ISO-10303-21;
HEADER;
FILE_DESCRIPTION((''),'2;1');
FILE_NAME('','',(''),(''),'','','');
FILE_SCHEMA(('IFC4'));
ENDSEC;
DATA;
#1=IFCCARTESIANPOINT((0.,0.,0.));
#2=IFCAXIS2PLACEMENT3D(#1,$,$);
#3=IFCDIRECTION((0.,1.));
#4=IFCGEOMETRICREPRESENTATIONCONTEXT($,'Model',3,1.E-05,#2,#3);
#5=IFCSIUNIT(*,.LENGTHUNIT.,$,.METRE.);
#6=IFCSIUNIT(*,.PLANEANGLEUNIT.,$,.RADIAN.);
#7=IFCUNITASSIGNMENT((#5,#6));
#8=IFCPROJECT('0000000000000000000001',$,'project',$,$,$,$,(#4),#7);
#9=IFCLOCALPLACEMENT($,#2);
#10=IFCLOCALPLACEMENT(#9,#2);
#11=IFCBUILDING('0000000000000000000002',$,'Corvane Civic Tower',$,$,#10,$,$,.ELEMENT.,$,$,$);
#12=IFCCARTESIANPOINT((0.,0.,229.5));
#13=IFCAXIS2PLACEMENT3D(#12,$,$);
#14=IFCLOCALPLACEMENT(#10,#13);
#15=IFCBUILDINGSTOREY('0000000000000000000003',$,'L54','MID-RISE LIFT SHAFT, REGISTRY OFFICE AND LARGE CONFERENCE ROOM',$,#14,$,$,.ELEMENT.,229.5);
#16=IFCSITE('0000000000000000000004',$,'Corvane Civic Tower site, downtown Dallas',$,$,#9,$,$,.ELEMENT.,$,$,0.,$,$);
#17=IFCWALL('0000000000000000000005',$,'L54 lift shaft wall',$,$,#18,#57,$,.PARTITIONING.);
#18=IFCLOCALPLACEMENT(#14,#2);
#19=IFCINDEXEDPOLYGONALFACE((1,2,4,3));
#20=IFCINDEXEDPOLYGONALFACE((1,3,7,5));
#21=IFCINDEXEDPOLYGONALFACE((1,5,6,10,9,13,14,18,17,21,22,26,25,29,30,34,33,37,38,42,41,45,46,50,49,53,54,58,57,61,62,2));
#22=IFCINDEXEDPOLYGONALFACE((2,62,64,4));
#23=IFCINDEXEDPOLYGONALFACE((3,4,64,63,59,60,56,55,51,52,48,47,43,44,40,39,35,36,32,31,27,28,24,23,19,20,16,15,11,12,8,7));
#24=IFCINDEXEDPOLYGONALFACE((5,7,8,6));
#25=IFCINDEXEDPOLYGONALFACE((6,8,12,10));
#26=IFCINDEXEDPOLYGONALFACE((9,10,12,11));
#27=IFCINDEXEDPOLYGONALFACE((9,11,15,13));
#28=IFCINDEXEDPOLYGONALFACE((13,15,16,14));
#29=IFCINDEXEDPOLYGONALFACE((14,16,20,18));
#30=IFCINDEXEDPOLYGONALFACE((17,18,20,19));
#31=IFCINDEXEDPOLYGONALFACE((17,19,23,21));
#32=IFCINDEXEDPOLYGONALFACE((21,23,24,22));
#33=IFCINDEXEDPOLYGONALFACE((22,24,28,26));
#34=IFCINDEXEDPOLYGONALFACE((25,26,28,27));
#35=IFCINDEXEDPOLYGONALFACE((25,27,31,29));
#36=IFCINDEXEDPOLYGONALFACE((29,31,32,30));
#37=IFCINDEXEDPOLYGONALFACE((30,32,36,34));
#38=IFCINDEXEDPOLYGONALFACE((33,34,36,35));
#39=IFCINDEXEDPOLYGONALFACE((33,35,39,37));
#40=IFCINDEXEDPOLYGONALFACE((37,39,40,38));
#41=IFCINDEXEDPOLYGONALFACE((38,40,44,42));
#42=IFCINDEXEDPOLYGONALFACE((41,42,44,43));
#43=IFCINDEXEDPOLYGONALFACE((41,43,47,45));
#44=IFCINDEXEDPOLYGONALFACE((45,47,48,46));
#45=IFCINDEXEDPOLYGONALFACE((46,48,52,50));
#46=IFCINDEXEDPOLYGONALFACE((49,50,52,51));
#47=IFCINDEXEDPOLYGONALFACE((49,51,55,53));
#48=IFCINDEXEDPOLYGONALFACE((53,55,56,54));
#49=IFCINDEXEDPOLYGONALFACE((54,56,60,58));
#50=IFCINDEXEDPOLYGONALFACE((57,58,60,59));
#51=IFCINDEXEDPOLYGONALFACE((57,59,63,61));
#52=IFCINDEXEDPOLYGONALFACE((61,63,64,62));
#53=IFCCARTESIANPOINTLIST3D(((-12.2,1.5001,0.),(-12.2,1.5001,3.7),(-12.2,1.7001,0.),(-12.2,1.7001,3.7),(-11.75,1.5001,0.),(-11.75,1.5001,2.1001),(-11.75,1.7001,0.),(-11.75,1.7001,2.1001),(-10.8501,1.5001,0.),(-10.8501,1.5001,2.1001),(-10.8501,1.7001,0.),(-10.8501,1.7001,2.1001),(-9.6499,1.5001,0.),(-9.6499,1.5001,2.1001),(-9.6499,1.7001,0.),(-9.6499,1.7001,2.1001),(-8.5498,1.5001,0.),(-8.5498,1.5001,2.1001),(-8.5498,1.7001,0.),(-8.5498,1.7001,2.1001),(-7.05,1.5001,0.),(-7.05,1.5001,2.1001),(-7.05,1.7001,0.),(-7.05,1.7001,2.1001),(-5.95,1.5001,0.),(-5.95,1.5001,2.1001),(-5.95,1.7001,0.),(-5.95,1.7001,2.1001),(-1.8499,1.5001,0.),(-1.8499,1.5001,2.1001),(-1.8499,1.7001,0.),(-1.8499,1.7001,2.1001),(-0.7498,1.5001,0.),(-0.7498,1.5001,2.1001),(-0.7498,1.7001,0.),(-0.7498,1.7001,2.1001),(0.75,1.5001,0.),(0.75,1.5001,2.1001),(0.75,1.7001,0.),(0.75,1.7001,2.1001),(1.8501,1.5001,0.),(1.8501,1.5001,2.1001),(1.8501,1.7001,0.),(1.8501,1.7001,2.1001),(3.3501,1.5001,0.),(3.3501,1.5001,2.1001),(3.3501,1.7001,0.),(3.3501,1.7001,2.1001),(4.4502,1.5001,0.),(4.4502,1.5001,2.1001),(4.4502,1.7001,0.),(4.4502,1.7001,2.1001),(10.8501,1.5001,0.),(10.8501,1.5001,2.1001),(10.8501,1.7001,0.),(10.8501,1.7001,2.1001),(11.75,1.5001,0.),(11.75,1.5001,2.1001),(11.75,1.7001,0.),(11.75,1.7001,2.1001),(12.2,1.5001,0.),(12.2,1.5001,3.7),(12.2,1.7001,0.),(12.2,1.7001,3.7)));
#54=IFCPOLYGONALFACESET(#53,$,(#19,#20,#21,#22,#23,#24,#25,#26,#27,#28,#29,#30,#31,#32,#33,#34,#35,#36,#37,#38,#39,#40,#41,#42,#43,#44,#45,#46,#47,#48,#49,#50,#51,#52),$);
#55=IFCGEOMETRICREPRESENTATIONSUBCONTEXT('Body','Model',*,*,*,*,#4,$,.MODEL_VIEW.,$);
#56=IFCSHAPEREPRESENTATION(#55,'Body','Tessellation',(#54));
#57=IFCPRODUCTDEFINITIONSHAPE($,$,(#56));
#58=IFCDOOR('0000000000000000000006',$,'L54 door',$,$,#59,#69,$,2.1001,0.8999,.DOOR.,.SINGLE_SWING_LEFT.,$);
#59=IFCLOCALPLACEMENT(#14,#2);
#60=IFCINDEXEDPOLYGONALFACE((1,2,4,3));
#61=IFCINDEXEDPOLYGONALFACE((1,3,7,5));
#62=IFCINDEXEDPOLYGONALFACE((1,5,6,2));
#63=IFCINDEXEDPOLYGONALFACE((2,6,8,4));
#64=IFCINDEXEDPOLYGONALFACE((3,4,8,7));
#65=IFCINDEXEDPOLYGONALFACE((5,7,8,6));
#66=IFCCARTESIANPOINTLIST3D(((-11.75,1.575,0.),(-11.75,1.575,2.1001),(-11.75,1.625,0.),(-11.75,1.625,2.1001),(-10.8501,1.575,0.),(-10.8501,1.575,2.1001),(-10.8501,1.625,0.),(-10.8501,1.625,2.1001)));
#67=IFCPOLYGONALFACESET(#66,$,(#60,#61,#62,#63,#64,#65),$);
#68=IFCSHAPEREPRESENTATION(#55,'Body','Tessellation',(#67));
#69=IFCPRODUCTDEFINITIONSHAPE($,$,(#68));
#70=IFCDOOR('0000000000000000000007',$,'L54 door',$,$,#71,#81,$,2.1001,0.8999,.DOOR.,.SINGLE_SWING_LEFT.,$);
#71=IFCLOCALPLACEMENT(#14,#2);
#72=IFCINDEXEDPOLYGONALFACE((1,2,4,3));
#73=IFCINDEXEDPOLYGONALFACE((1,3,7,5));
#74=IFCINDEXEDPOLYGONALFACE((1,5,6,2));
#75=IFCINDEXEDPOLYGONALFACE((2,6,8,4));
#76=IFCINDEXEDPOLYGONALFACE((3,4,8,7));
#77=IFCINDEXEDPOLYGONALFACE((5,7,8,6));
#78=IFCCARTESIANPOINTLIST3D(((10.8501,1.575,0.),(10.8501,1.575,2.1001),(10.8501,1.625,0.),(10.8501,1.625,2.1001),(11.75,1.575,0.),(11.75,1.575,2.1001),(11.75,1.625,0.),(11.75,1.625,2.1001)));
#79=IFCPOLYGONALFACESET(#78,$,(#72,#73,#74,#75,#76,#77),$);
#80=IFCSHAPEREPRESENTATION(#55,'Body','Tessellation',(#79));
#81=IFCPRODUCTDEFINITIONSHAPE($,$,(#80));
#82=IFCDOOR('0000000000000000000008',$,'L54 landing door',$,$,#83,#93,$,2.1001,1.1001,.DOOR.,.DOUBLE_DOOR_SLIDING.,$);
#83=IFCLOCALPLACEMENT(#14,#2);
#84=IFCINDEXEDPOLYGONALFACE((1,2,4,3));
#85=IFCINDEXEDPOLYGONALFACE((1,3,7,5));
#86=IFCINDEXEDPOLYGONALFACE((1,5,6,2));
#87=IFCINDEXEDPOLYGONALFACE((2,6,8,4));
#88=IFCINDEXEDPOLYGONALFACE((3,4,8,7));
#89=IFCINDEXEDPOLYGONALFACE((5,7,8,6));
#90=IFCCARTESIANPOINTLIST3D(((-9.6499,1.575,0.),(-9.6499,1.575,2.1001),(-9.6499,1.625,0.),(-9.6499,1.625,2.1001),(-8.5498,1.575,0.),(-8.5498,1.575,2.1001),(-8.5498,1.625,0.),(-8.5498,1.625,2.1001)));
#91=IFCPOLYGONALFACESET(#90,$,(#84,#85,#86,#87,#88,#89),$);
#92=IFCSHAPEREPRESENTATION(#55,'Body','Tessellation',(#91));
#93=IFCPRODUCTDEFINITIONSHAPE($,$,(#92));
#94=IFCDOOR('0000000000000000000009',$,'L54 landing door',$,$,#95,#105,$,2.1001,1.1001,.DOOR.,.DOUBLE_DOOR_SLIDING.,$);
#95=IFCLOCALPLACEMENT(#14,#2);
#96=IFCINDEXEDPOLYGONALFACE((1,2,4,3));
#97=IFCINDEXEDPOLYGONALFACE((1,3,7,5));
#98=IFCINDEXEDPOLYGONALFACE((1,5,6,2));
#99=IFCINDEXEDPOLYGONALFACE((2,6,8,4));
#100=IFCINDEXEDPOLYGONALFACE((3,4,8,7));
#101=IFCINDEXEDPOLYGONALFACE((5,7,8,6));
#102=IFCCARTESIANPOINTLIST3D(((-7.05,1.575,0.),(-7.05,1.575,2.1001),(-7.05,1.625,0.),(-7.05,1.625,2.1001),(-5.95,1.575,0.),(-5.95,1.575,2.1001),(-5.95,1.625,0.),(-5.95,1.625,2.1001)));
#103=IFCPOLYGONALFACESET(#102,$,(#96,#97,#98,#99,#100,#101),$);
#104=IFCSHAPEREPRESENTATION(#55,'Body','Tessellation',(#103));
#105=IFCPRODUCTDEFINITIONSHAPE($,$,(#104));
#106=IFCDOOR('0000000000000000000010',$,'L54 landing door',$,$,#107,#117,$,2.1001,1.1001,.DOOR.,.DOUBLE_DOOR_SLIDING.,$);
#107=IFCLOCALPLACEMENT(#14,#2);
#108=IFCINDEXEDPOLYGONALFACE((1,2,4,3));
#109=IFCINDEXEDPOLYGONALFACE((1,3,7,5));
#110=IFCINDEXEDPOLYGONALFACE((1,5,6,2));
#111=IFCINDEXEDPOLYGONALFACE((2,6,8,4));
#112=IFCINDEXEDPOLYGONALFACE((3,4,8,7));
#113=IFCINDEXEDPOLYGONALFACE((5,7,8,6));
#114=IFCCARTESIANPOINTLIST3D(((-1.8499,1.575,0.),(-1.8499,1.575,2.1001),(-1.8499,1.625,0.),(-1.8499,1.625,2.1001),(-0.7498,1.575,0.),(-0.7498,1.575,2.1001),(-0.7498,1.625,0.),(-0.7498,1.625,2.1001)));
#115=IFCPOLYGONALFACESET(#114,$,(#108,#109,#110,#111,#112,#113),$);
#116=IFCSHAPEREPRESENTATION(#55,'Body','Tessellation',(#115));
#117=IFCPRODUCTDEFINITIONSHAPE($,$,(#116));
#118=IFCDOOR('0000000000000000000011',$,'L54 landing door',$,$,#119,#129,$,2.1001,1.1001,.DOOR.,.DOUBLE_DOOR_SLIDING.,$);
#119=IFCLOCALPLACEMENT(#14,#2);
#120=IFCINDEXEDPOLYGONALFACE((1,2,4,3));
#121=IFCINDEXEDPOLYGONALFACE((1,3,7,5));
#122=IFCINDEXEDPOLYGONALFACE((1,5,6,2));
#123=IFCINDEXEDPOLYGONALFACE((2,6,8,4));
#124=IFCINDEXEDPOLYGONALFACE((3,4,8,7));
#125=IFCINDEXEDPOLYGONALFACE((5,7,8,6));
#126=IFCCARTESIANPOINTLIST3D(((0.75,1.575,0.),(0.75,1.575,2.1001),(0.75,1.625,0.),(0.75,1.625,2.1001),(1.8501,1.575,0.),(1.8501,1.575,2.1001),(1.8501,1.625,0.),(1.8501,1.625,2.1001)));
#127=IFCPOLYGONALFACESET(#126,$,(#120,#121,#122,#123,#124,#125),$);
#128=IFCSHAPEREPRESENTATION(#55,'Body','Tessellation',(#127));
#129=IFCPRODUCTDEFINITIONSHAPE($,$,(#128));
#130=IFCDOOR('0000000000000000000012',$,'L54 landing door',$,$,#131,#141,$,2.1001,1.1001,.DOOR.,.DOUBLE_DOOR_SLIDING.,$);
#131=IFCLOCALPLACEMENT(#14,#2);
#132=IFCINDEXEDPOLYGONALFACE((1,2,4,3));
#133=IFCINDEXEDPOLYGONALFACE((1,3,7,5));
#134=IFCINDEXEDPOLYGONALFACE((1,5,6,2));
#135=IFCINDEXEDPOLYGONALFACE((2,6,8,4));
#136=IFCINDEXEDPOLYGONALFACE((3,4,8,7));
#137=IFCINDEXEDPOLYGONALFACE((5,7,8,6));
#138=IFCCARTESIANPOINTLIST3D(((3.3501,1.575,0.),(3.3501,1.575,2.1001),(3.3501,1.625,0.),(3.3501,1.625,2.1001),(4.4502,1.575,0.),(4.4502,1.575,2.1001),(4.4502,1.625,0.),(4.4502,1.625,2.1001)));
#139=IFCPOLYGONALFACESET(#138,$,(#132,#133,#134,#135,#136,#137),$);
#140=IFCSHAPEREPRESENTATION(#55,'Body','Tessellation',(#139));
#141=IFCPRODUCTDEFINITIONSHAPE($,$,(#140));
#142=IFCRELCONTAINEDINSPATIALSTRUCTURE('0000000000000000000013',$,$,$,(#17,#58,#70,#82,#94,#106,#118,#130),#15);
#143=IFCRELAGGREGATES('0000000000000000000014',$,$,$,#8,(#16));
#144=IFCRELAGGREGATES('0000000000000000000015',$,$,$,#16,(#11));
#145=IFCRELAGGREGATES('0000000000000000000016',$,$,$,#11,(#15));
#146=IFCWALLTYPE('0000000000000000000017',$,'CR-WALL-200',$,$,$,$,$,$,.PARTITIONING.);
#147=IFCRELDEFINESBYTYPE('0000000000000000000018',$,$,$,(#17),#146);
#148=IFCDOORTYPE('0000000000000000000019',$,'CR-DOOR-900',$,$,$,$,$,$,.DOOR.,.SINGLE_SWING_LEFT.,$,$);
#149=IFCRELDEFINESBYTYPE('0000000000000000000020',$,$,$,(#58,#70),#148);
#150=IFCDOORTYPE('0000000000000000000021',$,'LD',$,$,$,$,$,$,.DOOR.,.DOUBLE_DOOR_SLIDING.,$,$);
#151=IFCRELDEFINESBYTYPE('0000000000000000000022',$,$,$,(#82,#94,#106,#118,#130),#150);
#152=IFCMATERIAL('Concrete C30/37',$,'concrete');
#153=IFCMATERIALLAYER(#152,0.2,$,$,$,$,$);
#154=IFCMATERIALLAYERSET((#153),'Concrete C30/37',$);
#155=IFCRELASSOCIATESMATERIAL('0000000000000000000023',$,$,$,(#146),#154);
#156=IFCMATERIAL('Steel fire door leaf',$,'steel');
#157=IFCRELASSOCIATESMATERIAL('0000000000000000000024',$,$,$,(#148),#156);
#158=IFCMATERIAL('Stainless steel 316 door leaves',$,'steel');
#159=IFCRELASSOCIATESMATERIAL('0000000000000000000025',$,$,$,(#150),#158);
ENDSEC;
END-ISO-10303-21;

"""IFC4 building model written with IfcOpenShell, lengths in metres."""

from ifc_helpers import new_model, si_unit, direction, frame, frame_2d, origin, place, context, subcontext, project, spatial, rectangle, extrude, material, layer, layer_set, type_object, element, fill, save


model = new_model("IFC4")

# Units and contexts
model_context = context("Model", 3, precision=1e-05, world=origin(), true_north=direction((0.0, 1.0)))
body_context = subcontext(model_context, "Body", "Model", "MODEL_VIEW")
ifc_project = project(units=[si_unit("LENGTHUNIT", "METRE"), si_unit("PLANEANGLEUNIT", "RADIAN")], contexts=[model_context])

# Site, building, storey
site_placement = place(None, origin())
site = spatial("IfcSite", under=ifc_project, at=site_placement, Name="Corvane Civic Tower site, downtown Dallas", CompositionType="ELEMENT", RefElevation=0.0)
building_placement = place(site_placement, origin())
building = spatial("IfcBuilding", under=site, at=building_placement, Name="Corvane Civic Tower", CompositionType="ELEMENT")
storey_placement = place(building_placement, frame((0.0, 0.0, 229.5)))
storey = spatial("IfcBuildingStorey", under=building, at=storey_placement, Name="L54", Description="MID-RISE LIFT SHAFT, REGISTRY OFFICE AND LARGE CONFERENCE ROOM", CompositionType="ELEMENT", Elevation=229.5)

# Wall, openings, doors
ifc_material_1 = material(Name="Concrete C30/37", Category="concrete")
ifc_layer_1 = layer(ifc_material_1, 0.2)
ifc_layer_set_1 = layer_set([ifc_layer_1], Name="Concrete C30/37")
wall_type_1 = type_object("IfcWallType", Name="CR-WALL-200", PredefinedType="PARTITIONING", material=ifc_layer_set_1)
wall_1_placement = place(storey_placement, frame((-12.2, 1.6001, 0.0), z_axis=(0.0, 0.0, 1.0), x_axis=(1.0, 0.0, 0.0)))
wall_1 = element("IfcWall", 1, at=wall_1_placement, inside=storey, type_object=wall_type_1, Name="L54 lift shaft wall", PredefinedType="PARTITIONING", context=body_context, shape_type="SweptSolid", body=[
    extrude(rectangle(XDim=24.3999, YDim=0.2, at=frame_2d((12.2, 0.0))), origin(), (0.0, 0.0, 1.0), 3.7),
])
opening_1_placement = place(wall_1_placement, frame((2.55, 0.0, 0.0)))
opening_1 = element("IfcOpeningElement", 2, at=opening_1_placement, cuts=wall_1, PredefinedType="OPENING", context=body_context, shape_type="SweptSolid", body=[
    extrude(rectangle(XDim=1.1001, YDim=2.1001, at=frame_2d((0.55, 1.05))), frame((0.0, 0.1099, 0.0), z_axis=(0.0, -1.0, 0.0), x_axis=(1.0, 0.0, 0.0)), (0.0, 0.0, 1.0), 0.22),
])
opening_2_placement = place(wall_1_placement, frame((5.1499, 0.0, 0.0)))
opening_2 = element("IfcOpeningElement", 3, at=opening_2_placement, cuts=wall_1, PredefinedType="OPENING", context=body_context, shape_type="SweptSolid", body=[
    extrude(rectangle(XDim=1.1001, YDim=2.1001, at=frame_2d((0.55, 1.05))), frame((0.0, 0.1099, 0.0), z_axis=(0.0, -1.0, 0.0), x_axis=(1.0, 0.0, 0.0)), (0.0, 0.0, 1.0), 0.22),
])
opening_3_placement = place(wall_1_placement, frame((10.3501, 0.0, 0.0)))
opening_3 = element("IfcOpeningElement", 4, at=opening_3_placement, cuts=wall_1, PredefinedType="OPENING", context=body_context, shape_type="SweptSolid", body=[
    extrude(rectangle(XDim=1.1001, YDim=2.1001, at=frame_2d((0.55, 1.05))), frame((0.0, 0.1099, 0.0), z_axis=(0.0, -1.0, 0.0), x_axis=(1.0, 0.0, 0.0)), (0.0, 0.0, 1.0), 0.22),
])
opening_4_placement = place(wall_1_placement, frame((12.95, 0.0, 0.0)))
opening_4 = element("IfcOpeningElement", 5, at=opening_4_placement, cuts=wall_1, PredefinedType="OPENING", context=body_context, shape_type="SweptSolid", body=[
    extrude(rectangle(XDim=1.1001, YDim=2.1001, at=frame_2d((0.55, 1.05))), frame((0.0, 0.1099, 0.0), z_axis=(0.0, -1.0, 0.0), x_axis=(1.0, 0.0, 0.0)), (0.0, 0.0, 1.0), 0.22),
])
opening_5_placement = place(wall_1_placement, frame((15.55, 0.0, 0.0)))
opening_5 = element("IfcOpeningElement", 6, at=opening_5_placement, cuts=wall_1, PredefinedType="OPENING", context=body_context, shape_type="SweptSolid", body=[
    extrude(rectangle(XDim=1.1001, YDim=2.1001, at=frame_2d((0.55, 1.05))), frame((0.0, 0.1099, 0.0), z_axis=(0.0, -1.0, 0.0), x_axis=(1.0, 0.0, 0.0)), (0.0, 0.0, 1.0), 0.22),
])
opening_6_placement = place(wall_1_placement, frame((0.45, 0.0, 0.0)))
opening_6 = element("IfcOpeningElement", 7, at=opening_6_placement, cuts=wall_1, PredefinedType="OPENING", context=body_context, shape_type="SweptSolid", body=[
    extrude(rectangle(XDim=0.8999, YDim=2.1001, at=frame_2d((0.45, 1.05))), frame((0.0, 0.1099, 0.0), z_axis=(0.0, -1.0, 0.0), x_axis=(1.0, 0.0, 0.0)), (0.0, 0.0, 1.0), 0.22),
])
opening_7_placement = place(wall_1_placement, frame((23.05, 0.0, 0.0)))
opening_7 = element("IfcOpeningElement", 8, at=opening_7_placement, cuts=wall_1, PredefinedType="OPENING", context=body_context, shape_type="SweptSolid", body=[
    extrude(rectangle(XDim=0.8999, YDim=2.1001, at=frame_2d((0.45, 1.05))), frame((0.0, 0.1099, 0.0), z_axis=(0.0, -1.0, 0.0), x_axis=(1.0, 0.0, 0.0)), (0.0, 0.0, 1.0), 0.22),
])
ifc_material_2 = material(Name="Steel fire door leaf", Category="steel")
door_type_1 = type_object("IfcDoorType", Name="CR-DOOR-900", OperationType="SINGLE_SWING_LEFT", PredefinedType="DOOR", material=ifc_material_2)
door_1_placement = place(opening_6_placement, origin())
door_1 = element("IfcDoor", 9, at=door_1_placement, inside=storey, type_object=door_type_1, Name="L54 door", OperationType="SINGLE_SWING_LEFT", OverallHeight=2.1001, OverallWidth=0.8999, PredefinedType="DOOR", context=body_context, shape_type="SweptSolid", body=[
    extrude(rectangle(XDim=0.8999, YDim=2.1001, at=frame_2d((0.45, 1.05))), frame((0.0, 0.0249, 0.0), z_axis=(0.0, -1.0, 0.0), x_axis=(1.0, 0.0, 0.0)), (0.0, 0.0, 1.0), 0.05),
])
fill(opening_6, door_1)
door_2_placement = place(opening_7_placement, origin())
door_2 = element("IfcDoor", 10, at=door_2_placement, inside=storey, type_object=door_type_1, Name="L54 door", OperationType="SINGLE_SWING_LEFT", OverallHeight=2.1001, OverallWidth=0.8999, PredefinedType="DOOR", context=body_context, shape_type="SweptSolid", body=[
    extrude(rectangle(XDim=0.8999, YDim=2.1001, at=frame_2d((0.45, 1.05))), frame((0.0, 0.0249, 0.0), z_axis=(0.0, -1.0, 0.0), x_axis=(1.0, 0.0, 0.0)), (0.0, 0.0, 1.0), 0.05),
])
fill(opening_7, door_2)
ifc_material_3 = material(Name="Stainless steel 316 door leaves", Category="steel")
door_type_2 = type_object("IfcDoorType", Name="LD", OperationType="DOUBLE_DOOR_SLIDING", PredefinedType="DOOR", material=ifc_material_3)
door_3_placement = place(opening_1_placement, origin())
door_3 = element("IfcDoor", 11, at=door_3_placement, inside=storey, type_object=door_type_2, Name="L54 landing door", OperationType="DOUBLE_DOOR_SLIDING", OverallHeight=2.1001, OverallWidth=1.1001, PredefinedType="DOOR", context=body_context, shape_type="SweptSolid", body=[
    extrude(rectangle(XDim=1.1001, YDim=2.1001, at=frame_2d((0.55, 1.05))), frame((0.0, 0.0249, 0.0), z_axis=(0.0, -1.0, 0.0), x_axis=(1.0, 0.0, 0.0)), (0.0, 0.0, 1.0), 0.05),
])
fill(opening_1, door_3)
door_4_placement = place(opening_2_placement, origin())
door_4 = element("IfcDoor", 12, at=door_4_placement, inside=storey, type_object=door_type_2, Name="L54 landing door", OperationType="DOUBLE_DOOR_SLIDING", OverallHeight=2.1001, OverallWidth=1.1001, PredefinedType="DOOR", context=body_context, shape_type="SweptSolid", body=[
    extrude(rectangle(XDim=1.1001, YDim=2.1001, at=frame_2d((0.55, 1.05))), frame((0.0, 0.0249, 0.0), z_axis=(0.0, -1.0, 0.0), x_axis=(1.0, 0.0, 0.0)), (0.0, 0.0, 1.0), 0.05),
])
fill(opening_2, door_4)
door_5_placement = place(opening_3_placement, origin())
door_5 = element("IfcDoor", 13, at=door_5_placement, inside=storey, type_object=door_type_2, Name="L54 landing door", OperationType="DOUBLE_DOOR_SLIDING", OverallHeight=2.1001, OverallWidth=1.1001, PredefinedType="DOOR", context=body_context, shape_type="SweptSolid", body=[
    extrude(rectangle(XDim=1.1001, YDim=2.1001, at=frame_2d((0.55, 1.05))), frame((0.0, 0.0249, 0.0), z_axis=(0.0, -1.0, 0.0), x_axis=(1.0, 0.0, 0.0)), (0.0, 0.0, 1.0), 0.05),
])
fill(opening_3, door_5)
door_6_placement = place(opening_4_placement, origin())
door_6 = element("IfcDoor", 14, at=door_6_placement, inside=storey, type_object=door_type_2, Name="L54 landing door", OperationType="DOUBLE_DOOR_SLIDING", OverallHeight=2.1001, OverallWidth=1.1001, PredefinedType="DOOR", context=body_context, shape_type="SweptSolid", body=[
    extrude(rectangle(XDim=1.1001, YDim=2.1001, at=frame_2d((0.55, 1.05))), frame((0.0, 0.0249, 0.0), z_axis=(0.0, -1.0, 0.0), x_axis=(1.0, 0.0, 0.0)), (0.0, 0.0, 1.0), 0.05),
])
fill(opening_4, door_6)
door_7_placement = place(opening_5_placement, origin())
door_7 = element("IfcDoor", 15, at=door_7_placement, inside=storey, type_object=door_type_2, Name="L54 landing door", OperationType="DOUBLE_DOOR_SLIDING", OverallHeight=2.1001, OverallWidth=1.1001, PredefinedType="DOOR", context=body_context, shape_type="SweptSolid", body=[
    extrude(rectangle(XDim=1.1001, YDim=2.1001, at=frame_2d((0.55, 1.05))), frame((0.0, 0.0249, 0.0), z_axis=(0.0, -1.0, 0.0), x_axis=(1.0, 0.0, 0.0)), (0.0, 0.0, 1.0), 0.05),
])
fill(opening_5, door_7)

save(model, "model.ifc")
